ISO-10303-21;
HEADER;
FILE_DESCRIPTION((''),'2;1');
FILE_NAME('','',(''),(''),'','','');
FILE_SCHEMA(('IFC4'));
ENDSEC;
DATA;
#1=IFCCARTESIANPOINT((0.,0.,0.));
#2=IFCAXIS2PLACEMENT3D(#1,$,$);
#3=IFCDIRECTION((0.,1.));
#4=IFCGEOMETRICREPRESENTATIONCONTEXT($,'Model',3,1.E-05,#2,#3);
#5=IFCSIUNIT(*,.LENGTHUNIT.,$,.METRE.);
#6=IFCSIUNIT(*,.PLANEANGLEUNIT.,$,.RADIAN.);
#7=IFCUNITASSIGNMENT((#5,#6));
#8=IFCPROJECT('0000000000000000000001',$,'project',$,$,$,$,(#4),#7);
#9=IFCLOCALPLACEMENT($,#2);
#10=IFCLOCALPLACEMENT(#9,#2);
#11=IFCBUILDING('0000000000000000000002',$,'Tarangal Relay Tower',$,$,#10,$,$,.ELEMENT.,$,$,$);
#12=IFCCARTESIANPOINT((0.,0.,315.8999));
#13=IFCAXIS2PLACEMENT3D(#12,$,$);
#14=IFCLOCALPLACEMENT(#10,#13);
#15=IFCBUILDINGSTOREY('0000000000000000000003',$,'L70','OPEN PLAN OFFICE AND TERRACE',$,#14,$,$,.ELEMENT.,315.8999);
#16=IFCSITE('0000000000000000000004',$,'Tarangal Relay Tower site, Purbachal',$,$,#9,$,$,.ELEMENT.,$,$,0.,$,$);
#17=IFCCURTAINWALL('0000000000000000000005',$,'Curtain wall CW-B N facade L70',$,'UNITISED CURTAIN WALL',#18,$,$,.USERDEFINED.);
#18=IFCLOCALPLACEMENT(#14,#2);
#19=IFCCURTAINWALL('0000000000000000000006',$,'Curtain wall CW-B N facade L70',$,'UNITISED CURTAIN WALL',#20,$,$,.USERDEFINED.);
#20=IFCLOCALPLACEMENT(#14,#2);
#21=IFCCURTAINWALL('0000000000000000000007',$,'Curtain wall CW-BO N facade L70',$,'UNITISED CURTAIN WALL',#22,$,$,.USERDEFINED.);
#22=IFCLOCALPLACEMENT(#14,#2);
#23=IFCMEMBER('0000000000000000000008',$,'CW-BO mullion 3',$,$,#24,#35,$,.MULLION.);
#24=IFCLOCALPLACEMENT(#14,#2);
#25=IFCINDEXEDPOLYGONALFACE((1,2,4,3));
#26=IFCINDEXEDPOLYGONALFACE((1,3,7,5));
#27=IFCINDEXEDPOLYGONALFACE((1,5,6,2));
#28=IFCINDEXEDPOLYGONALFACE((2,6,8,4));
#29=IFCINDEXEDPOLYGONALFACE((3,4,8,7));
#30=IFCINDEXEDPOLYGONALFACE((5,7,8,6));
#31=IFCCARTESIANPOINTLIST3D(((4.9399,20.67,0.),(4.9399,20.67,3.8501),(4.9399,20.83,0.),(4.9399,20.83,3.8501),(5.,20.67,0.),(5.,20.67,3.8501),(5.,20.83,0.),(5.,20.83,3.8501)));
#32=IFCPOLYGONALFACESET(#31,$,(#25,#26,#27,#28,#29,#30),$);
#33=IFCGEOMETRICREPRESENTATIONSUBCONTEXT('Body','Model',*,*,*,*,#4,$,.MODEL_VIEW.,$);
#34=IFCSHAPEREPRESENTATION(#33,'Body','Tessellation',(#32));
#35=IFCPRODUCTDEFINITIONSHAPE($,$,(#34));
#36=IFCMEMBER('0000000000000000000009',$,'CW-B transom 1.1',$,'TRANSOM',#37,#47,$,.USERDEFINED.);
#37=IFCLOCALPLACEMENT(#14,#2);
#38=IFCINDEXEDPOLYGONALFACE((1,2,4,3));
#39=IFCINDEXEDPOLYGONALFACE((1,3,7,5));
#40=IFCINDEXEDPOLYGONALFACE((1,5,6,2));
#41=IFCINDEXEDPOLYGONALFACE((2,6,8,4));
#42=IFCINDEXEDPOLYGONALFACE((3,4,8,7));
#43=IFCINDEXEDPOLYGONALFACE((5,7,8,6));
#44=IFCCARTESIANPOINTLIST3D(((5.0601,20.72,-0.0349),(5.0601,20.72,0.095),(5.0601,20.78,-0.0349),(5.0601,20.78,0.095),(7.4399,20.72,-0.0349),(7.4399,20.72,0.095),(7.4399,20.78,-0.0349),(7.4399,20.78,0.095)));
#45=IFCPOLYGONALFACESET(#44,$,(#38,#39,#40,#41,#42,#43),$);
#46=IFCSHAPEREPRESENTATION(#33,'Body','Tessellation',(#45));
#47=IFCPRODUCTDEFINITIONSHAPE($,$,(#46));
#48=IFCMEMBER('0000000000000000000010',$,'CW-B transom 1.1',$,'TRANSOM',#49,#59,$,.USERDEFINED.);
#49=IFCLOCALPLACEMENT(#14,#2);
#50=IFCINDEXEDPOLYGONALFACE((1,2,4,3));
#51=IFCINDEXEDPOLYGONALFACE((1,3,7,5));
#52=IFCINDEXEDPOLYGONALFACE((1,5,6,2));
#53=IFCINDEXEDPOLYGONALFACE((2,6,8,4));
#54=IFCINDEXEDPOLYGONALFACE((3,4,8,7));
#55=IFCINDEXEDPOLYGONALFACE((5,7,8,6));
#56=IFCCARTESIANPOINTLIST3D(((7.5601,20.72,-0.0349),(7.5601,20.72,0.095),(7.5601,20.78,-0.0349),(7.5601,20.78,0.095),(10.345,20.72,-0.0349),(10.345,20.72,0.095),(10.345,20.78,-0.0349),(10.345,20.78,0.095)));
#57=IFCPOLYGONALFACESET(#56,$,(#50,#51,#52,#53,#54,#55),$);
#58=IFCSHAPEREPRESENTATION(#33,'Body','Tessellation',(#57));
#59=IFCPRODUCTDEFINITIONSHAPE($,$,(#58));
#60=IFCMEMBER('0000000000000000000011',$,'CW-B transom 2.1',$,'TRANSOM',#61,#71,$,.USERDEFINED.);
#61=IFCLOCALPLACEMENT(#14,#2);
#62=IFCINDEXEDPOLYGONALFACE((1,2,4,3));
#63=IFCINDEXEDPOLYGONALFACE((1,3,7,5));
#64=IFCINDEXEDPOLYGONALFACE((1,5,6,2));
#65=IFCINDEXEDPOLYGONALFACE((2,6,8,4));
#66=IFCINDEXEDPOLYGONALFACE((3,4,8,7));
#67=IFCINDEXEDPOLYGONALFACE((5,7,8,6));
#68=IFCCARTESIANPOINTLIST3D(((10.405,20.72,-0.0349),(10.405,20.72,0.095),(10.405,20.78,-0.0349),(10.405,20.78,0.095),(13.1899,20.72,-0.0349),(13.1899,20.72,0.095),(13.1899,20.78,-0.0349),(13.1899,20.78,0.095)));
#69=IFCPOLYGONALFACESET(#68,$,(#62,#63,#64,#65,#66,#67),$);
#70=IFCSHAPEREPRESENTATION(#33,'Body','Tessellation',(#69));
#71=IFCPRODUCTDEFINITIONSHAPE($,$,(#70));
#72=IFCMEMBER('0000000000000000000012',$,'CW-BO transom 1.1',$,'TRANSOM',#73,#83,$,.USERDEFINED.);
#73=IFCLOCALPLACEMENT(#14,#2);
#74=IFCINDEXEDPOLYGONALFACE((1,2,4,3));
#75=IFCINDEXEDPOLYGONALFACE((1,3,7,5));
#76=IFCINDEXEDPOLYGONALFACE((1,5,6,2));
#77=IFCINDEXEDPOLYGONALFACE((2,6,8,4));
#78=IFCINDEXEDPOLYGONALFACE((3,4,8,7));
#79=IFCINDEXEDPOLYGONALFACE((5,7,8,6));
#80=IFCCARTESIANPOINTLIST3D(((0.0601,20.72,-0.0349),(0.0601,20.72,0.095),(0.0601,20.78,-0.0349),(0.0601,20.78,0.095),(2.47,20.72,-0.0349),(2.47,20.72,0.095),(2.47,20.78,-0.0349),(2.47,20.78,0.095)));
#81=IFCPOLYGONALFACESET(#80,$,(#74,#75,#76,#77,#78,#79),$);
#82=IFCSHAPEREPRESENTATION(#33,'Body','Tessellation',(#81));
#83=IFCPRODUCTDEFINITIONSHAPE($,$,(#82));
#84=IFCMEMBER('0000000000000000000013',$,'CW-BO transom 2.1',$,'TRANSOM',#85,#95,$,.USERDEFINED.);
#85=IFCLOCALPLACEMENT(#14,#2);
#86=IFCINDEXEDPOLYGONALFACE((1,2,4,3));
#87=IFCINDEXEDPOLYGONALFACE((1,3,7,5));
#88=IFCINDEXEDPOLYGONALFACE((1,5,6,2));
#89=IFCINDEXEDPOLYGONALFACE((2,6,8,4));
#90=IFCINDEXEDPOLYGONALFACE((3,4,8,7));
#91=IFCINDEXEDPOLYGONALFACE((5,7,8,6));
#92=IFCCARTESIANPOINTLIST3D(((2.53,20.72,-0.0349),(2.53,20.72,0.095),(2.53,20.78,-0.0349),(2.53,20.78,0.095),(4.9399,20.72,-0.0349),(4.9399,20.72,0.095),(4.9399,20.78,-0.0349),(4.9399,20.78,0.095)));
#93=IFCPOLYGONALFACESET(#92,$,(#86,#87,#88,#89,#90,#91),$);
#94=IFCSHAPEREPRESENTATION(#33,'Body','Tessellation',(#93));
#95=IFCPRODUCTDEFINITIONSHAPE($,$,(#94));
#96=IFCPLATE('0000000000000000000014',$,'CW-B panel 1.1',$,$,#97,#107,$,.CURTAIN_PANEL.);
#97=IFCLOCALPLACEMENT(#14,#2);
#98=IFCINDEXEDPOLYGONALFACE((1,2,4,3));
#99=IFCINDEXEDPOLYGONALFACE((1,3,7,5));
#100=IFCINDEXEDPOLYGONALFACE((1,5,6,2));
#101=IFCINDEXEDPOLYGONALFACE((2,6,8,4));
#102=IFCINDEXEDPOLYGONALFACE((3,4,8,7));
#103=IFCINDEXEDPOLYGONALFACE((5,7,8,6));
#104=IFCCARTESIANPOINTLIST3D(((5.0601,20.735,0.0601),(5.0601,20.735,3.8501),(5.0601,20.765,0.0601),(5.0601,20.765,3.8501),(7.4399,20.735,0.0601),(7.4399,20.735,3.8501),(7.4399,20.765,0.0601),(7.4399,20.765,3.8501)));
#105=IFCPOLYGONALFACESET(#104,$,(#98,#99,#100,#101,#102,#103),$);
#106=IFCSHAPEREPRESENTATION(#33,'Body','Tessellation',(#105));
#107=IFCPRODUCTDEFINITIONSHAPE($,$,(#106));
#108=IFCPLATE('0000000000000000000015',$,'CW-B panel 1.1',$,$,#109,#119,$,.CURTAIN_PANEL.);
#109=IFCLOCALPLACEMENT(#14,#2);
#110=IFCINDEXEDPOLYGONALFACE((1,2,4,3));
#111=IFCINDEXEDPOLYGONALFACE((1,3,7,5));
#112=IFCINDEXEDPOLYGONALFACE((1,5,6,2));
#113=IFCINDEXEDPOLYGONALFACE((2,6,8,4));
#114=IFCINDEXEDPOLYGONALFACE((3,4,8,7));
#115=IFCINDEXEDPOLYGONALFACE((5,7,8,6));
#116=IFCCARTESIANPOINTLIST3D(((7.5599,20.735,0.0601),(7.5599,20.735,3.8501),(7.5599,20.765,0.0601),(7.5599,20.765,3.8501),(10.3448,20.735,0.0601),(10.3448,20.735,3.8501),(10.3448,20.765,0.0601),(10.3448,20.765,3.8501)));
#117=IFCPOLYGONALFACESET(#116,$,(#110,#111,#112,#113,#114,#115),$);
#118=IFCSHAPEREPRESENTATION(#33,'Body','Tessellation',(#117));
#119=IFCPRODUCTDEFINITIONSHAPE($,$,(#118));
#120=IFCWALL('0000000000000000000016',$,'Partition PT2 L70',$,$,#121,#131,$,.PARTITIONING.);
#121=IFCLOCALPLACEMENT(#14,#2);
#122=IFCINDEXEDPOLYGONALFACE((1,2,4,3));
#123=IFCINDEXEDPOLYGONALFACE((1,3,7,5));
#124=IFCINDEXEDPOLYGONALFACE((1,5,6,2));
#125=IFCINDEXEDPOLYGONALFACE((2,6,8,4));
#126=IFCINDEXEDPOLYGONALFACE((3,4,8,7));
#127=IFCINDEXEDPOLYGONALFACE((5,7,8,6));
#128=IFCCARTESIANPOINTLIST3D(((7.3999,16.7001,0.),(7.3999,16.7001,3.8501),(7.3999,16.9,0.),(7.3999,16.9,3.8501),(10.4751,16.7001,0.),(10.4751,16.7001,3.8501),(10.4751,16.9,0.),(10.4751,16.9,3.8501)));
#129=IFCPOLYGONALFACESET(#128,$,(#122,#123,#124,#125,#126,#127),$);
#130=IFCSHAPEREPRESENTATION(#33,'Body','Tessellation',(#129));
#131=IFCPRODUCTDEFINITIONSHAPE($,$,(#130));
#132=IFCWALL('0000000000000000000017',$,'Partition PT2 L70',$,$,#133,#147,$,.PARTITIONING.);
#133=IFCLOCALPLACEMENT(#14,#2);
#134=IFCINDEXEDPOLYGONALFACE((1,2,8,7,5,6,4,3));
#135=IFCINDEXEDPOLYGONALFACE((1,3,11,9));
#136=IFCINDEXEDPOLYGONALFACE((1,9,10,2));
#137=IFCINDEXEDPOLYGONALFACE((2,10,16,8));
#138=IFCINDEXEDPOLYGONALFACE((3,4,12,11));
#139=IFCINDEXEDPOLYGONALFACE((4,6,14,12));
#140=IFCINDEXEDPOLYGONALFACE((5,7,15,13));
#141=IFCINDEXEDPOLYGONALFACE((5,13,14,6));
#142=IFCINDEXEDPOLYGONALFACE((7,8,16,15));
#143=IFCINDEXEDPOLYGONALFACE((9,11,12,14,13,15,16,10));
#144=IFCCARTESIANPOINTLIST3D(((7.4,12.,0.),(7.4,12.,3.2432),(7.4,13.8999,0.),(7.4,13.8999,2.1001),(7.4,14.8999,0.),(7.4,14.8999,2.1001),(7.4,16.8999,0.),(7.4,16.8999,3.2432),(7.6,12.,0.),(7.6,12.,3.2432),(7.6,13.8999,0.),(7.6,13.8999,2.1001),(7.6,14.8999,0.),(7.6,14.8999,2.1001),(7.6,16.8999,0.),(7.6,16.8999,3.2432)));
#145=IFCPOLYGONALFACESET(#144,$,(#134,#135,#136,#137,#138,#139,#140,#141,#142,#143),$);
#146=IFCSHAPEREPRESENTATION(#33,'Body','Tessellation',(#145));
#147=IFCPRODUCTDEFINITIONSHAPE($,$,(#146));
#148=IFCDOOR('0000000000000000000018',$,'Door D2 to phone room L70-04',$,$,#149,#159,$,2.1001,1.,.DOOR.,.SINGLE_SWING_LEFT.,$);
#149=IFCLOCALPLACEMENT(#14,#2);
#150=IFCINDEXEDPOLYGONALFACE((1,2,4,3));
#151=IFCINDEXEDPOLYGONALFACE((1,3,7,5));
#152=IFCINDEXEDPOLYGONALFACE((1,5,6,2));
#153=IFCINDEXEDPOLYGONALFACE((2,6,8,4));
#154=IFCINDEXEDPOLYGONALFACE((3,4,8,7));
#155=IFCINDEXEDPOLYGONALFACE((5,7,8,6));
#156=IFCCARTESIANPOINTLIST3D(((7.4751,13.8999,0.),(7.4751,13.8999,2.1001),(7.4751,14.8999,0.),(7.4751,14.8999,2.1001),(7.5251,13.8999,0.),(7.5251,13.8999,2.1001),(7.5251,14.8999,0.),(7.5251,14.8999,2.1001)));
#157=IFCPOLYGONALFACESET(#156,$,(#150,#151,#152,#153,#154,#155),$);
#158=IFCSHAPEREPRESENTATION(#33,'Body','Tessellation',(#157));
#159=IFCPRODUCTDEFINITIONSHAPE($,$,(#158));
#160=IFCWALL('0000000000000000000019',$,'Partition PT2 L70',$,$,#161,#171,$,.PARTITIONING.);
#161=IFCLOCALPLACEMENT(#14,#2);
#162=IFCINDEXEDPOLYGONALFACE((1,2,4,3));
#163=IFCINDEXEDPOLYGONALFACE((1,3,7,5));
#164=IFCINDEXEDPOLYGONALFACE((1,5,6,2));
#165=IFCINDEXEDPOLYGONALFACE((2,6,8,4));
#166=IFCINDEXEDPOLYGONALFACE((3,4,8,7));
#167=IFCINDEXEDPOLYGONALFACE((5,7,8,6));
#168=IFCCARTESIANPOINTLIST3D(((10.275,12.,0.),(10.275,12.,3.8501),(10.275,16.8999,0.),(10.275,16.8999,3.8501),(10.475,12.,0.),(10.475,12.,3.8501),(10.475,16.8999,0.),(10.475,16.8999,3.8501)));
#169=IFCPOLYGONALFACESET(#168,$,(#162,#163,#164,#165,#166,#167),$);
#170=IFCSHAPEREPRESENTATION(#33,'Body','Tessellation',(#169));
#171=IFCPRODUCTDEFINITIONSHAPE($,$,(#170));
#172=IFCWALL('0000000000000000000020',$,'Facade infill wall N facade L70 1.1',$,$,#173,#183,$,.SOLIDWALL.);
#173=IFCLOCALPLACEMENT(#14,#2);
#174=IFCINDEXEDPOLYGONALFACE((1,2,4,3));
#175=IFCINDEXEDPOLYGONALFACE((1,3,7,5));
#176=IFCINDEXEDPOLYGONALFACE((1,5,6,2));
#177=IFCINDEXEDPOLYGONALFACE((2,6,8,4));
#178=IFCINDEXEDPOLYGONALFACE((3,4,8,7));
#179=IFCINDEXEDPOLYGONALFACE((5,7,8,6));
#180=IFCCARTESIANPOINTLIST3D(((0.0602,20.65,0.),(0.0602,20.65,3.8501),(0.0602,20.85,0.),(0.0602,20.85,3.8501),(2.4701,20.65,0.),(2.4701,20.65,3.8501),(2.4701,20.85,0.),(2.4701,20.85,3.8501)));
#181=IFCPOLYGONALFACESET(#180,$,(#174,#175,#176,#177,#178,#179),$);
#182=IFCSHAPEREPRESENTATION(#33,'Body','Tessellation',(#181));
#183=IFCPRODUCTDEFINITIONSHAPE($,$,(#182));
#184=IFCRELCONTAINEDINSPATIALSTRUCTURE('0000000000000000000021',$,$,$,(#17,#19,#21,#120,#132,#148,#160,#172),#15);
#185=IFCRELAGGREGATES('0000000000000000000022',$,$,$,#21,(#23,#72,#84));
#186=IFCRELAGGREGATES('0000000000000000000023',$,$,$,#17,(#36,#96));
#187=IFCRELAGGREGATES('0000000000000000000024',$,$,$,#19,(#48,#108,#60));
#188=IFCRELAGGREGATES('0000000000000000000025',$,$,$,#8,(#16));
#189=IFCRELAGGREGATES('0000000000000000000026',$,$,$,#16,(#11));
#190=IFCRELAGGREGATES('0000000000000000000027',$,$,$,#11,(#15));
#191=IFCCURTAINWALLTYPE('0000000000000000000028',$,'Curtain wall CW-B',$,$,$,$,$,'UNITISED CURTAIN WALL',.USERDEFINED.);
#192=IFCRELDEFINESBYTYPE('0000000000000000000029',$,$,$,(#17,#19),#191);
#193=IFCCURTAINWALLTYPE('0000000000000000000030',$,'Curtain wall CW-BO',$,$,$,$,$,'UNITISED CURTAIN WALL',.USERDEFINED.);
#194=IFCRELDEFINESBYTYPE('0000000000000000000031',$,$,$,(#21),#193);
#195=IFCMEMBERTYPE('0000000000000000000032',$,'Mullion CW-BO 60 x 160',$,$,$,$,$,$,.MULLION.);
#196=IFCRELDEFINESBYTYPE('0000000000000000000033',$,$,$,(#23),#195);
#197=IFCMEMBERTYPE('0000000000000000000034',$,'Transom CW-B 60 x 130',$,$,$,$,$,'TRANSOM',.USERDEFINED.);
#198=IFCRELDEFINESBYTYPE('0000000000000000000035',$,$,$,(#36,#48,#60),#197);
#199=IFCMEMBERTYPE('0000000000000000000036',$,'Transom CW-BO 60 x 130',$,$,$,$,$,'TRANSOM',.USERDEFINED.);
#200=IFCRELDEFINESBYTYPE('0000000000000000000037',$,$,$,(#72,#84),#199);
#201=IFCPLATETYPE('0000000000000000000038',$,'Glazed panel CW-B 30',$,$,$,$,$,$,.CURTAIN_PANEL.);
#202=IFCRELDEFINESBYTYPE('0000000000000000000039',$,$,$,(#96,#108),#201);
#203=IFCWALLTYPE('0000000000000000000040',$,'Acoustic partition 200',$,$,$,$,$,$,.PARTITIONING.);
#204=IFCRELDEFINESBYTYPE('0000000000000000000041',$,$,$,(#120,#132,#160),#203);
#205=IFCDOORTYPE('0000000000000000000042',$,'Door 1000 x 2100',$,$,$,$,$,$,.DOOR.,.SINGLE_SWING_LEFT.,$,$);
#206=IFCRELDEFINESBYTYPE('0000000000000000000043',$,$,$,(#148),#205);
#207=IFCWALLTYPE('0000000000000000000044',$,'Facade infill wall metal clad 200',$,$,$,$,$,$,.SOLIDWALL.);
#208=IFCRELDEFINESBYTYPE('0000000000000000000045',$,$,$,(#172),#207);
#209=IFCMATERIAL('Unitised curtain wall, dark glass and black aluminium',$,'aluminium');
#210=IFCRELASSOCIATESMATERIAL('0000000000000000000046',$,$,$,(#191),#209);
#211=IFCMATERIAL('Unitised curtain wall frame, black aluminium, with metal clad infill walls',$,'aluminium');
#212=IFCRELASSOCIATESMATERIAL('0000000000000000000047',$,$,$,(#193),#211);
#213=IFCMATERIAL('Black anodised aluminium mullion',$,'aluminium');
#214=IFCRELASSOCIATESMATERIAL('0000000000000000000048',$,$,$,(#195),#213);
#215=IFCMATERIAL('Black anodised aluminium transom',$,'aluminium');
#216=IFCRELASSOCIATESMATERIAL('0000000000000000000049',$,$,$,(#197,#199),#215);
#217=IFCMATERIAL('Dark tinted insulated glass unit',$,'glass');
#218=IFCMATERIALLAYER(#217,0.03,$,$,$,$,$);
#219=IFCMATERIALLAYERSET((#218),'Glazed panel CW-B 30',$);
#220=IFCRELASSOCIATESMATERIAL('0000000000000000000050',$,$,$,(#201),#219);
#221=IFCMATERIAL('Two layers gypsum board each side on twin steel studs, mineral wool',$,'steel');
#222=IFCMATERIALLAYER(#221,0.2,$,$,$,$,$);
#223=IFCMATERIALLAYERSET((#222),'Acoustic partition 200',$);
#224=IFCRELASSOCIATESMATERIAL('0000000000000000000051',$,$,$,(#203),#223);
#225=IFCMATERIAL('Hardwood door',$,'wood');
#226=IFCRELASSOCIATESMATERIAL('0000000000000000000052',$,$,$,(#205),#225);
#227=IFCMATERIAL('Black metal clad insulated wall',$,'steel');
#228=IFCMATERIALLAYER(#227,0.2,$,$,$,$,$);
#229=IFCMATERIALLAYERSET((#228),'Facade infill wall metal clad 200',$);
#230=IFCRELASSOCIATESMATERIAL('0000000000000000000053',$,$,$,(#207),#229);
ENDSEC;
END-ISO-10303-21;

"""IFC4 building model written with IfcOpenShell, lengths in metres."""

from ifc_helpers import new_model, si_unit, direction, frame, frame_2d, origin, origin_2d, place, context, subcontext, project, spatial, rectangle, extrude, material, layer, layer_set, material_profile, profile_set, type_object, element, fill, aggregate, save


model = new_model("IFC4")

# Units and contexts
model_context = context("Model", 3, precision=1e-05, world=origin(), true_north=direction((0.0, 1.0)))
body_context = subcontext(model_context, "Body", "Model", "MODEL_VIEW")
ifc_project = project(units=[si_unit("LENGTHUNIT", "METRE"), si_unit("PLANEANGLEUNIT", "RADIAN")], contexts=[model_context])

# Site, building, storey
site_placement = place(None, origin())
site = spatial("IfcSite", under=ifc_project, at=site_placement, Name="Tarangal Relay Tower site, Purbachal", CompositionType="ELEMENT", RefElevation=0.0)
building_placement = place(site_placement, origin())
building = spatial("IfcBuilding", under=site, at=building_placement, Name="Tarangal Relay Tower", CompositionType="ELEMENT")
storey_placement = place(building_placement, frame((0.0, 0.0, 315.8999)))
storey = spatial("IfcBuildingStorey", under=building, at=storey_placement, Name="L70", Description="OPEN PLAN OFFICE AND TERRACE", CompositionType="ELEMENT", Elevation=315.8999)

# Curtain walls, member
ifc_material_1 = material(Name="Unitised curtain wall, dark glass and black aluminium", Category="aluminium")
curtain_wall_type_1 = type_object("IfcCurtainWallType", Name="Curtain wall CW-B", ElementType="UNITISED CURTAIN WALL", PredefinedType="USERDEFINED", material=ifc_material_1)
curtain_wall_1_placement = place(storey_placement, origin())
curtain_wall_1 = element("IfcCurtainWall", 1, at=curtain_wall_1_placement, inside=storey, type_object=curtain_wall_type_1, Name="Curtain wall CW-B N facade L70", ObjectType="UNITISED CURTAIN WALL", PredefinedType="USERDEFINED")
ifc_material_2 = material(Name="Black anodised aluminium mullion", Category="aluminium")
curtain_wall_2_placement = place(storey_placement, origin())
curtain_wall_2 = element("IfcCurtainWall", 2, at=curtain_wall_2_placement, inside=storey, type_object=curtain_wall_type_1, Name="Curtain wall CW-B N facade L70", ObjectType="UNITISED CURTAIN WALL", PredefinedType="USERDEFINED")
ifc_material_3 = material(Name="Unitised curtain wall frame, black aluminium, with metal clad infill walls", Category="aluminium")
curtain_wall_type_2 = type_object("IfcCurtainWallType", Name="Curtain wall CW-BO", ElementType="UNITISED CURTAIN WALL", PredefinedType="USERDEFINED", material=ifc_material_3)
curtain_wall_3_placement = place(storey_placement, origin())
curtain_wall_3 = element("IfcCurtainWall", 3, at=curtain_wall_3_placement, inside=storey, type_object=curtain_wall_type_2, Name="Curtain wall CW-BO N facade L70", ObjectType="UNITISED CURTAIN WALL", PredefinedType="USERDEFINED")
ifc_material_profile_1 = material_profile(ifc_material_2, rectangle(XDim=0.1599, YDim=0.0601, at=origin_2d()), Name="CW-BOM 60X160")
ifc_profile_set_1 = profile_set([ifc_material_profile_1], Name="Black anodised aluminium mullion")
member_type_1 = type_object("IfcMemberType", Name="Mullion CW-BO 60 x 160", PredefinedType="MULLION", material=ifc_profile_set_1)
member_1_placement = place(storey_placement, frame((4.97, 20.75, 0.0), z_axis=(0.0, 0.0, 1.0), x_axis=(0.0, 1.0, 0.0)))
member_1 = element("IfcMember", 4, at=member_1_placement, type_object=member_type_1, Name="CW-BO mullion 3", PredefinedType="MULLION", context=body_context, shape_type="SweptSolid", body=[
    extrude(rectangle(XDim=0.1599, YDim=0.0601, at=origin_2d()), origin(), (0.0, 0.0, 1.0), 3.8501),
])

# Members
ifc_material_4 = material(Name="Black anodised aluminium transom", Category="aluminium")
ifc_material_profile_2 = material_profile(ifc_material_4, rectangle(XDim=0.0601, YDim=0.1299, at=origin_2d()), Name="CW-BT 60X130")
ifc_profile_set_2 = profile_set([ifc_material_profile_2], Name="Black anodised aluminium transom")
member_type_2 = type_object("IfcMemberType", Name="Transom CW-B 60 x 130", ElementType="TRANSOM", PredefinedType="USERDEFINED", material=ifc_profile_set_2)
member_2_placement = place(storey_placement, frame((5.0601, 20.75, 0.03), z_axis=(1.0, 0.0, 0.0), x_axis=(0.0, 1.0, 0.0)))
member_2 = element("IfcMember", 5, at=member_2_placement, type_object=member_type_2, Name="CW-B transom 1.1", ObjectType="TRANSOM", PredefinedType="USERDEFINED", context=body_context, shape_type="SweptSolid", body=[
    extrude(rectangle(XDim=0.0601, YDim=0.1299, at=origin_2d()), origin(), (0.0, 0.0, 1.0), 2.3799),
])
member_3_placement = place(storey_placement, frame((7.5601, 20.75, 0.03), z_axis=(1.0, 0.0, 0.0), x_axis=(0.0, 1.0, 0.0)))
member_3 = element("IfcMember", 6, at=member_3_placement, type_object=member_type_2, Name="CW-B transom 1.1", ObjectType="TRANSOM", PredefinedType="USERDEFINED", context=body_context, shape_type="SweptSolid", body=[
    extrude(rectangle(XDim=0.0601, YDim=0.1299, at=origin_2d()), origin(), (0.0, 0.0, 1.0), 2.7849),
])
member_4_placement = place(storey_placement, frame((10.405, 20.75, 0.03), z_axis=(1.0, 0.0, 0.0), x_axis=(0.0, 1.0, 0.0)))
member_4 = element("IfcMember", 7, at=member_4_placement, type_object=member_type_2, Name="CW-B transom 2.1", ObjectType="TRANSOM", PredefinedType="USERDEFINED", context=body_context, shape_type="SweptSolid", body=[
    extrude(rectangle(XDim=0.0601, YDim=0.1299, at=origin_2d()), origin(), (0.0, 0.0, 1.0), 2.7849),
])
ifc_material_profile_3 = material_profile(ifc_material_4, rectangle(XDim=0.0601, YDim=0.1299, at=origin_2d()), Name="CW-BOT 60X130")
ifc_profile_set_3 = profile_set([ifc_material_profile_3], Name="Black anodised aluminium transom")
member_type_3 = type_object("IfcMemberType", Name="Transom CW-BO 60 x 130", ElementType="TRANSOM", PredefinedType="USERDEFINED", material=ifc_profile_set_3)
member_5_placement = place(storey_placement, frame((0.0601, 20.75, 0.03), z_axis=(1.0, 0.0, 0.0), x_axis=(0.0, 1.0, 0.0)))
member_5 = element("IfcMember", 8, at=member_5_placement, type_object=member_type_3, Name="CW-BO transom 1.1", ObjectType="TRANSOM", PredefinedType="USERDEFINED", context=body_context, shape_type="SweptSolid", body=[
    extrude(rectangle(XDim=0.0601, YDim=0.1299, at=origin_2d()), origin(), (0.0, 0.0, 1.0), 2.4099),
])
member_6_placement = place(storey_placement, frame((2.53, 20.75, 0.03), z_axis=(1.0, 0.0, 0.0), x_axis=(0.0, 1.0, 0.0)))
member_6 = element("IfcMember", 9, at=member_6_placement, type_object=member_type_3, Name="CW-BO transom 2.1", ObjectType="TRANSOM", PredefinedType="USERDEFINED", context=body_context, shape_type="SweptSolid", body=[
    extrude(rectangle(XDim=0.0601, YDim=0.1299, at=origin_2d()), origin(), (0.0, 0.0, 1.0), 2.4099),
])
aggregate(curtain_wall_3, [member_1, member_5, member_6])

# Plates
ifc_material_5 = material(Name="Dark tinted insulated glass unit", Category="glass")
ifc_layer_1 = layer(ifc_material_5, 0.03)
ifc_layer_set_1 = layer_set([ifc_layer_1], Name="Glazed panel CW-B 30")
plate_type = type_object("IfcPlateType", Name="Glazed panel CW-B 30", PredefinedType="CURTAIN_PANEL", material=ifc_layer_set_1)
plate_1_placement = place(storey_placement, frame((6.25, 20.75, 0.0601), z_axis=(0.0, 0.0, 1.0), x_axis=(1.0, 0.0, 0.0)))
plate_1 = element("IfcPlate", 10, at=plate_1_placement, type_object=plate_type, Name="CW-B panel 1.1", PredefinedType="CURTAIN_PANEL", context=body_context, shape_type="SweptSolid", body=[
    extrude(rectangle(XDim=2.3799, YDim=0.03, at=origin_2d()), origin(), (0.0, 0.0, 1.0), 3.79),
])
aggregate(curtain_wall_1, [member_2, plate_1])
plate_2_placement = place(storey_placement, frame((8.9524, 20.75, 0.0601), z_axis=(0.0, 0.0, 1.0), x_axis=(1.0, 0.0, 0.0)))
plate_2 = element("IfcPlate", 11, at=plate_2_placement, type_object=plate_type, Name="CW-B panel 1.1", PredefinedType="CURTAIN_PANEL", context=body_context, shape_type="SweptSolid", body=[
    extrude(rectangle(XDim=2.7849, YDim=0.03, at=origin_2d()), origin(), (0.0, 0.0, 1.0), 3.79),
])
aggregate(curtain_wall_2, [member_3, plate_2, member_4])

# Wall
ifc_material_6 = material(Name="Two layers gypsum board each side on twin steel studs, mineral wool", Category="steel")
ifc_layer_2 = layer(ifc_material_6, 0.2)
ifc_layer_set_2 = layer_set([ifc_layer_2], Name="Acoustic partition 200")
wall_type_1 = type_object("IfcWallType", Name="Acoustic partition 200", PredefinedType="PARTITIONING", material=ifc_layer_set_2)
wall_1_placement = place(storey_placement, frame((7.3999, 16.8, 0.0), z_axis=(0.0, 0.0, 1.0), x_axis=(1.0, 0.0, 0.0)))
element("IfcWall", 12, at=wall_1_placement, inside=storey, type_object=wall_type_1, Name="Partition PT2 L70", PredefinedType="PARTITIONING", context=body_context, shape_type="SweptSolid", body=[
    extrude(rectangle(XDim=3.0752, YDim=0.2, at=frame_2d((1.5376, 0.0))), origin(), (0.0, 0.0, 1.0), 3.8501),
])

# Wall, opening, door
wall_2_placement = place(storey_placement, frame((7.5, 12.0, 0.0), z_axis=(0.0, 0.0, 1.0), x_axis=(0.0, 1.0, 0.0)))
wall_2 = element("IfcWall", 13, at=wall_2_placement, inside=storey, type_object=wall_type_1, Name="Partition PT2 L70", PredefinedType="PARTITIONING", context=body_context, shape_type="SweptSolid", body=[
    extrude(rectangle(XDim=4.8999, YDim=0.2, at=frame_2d((2.45, 0.0))), origin(), (0.0, 0.0, 1.0), 3.2432),
])
opening_placement = place(wall_2_placement, frame((1.8999, 0.0, 0.0)))
opening = element("IfcOpeningElement", 14, at=opening_placement, cuts=wall_2, PredefinedType="OPENING", context=body_context, shape_type="SweptSolid", body=[
    extrude(rectangle(XDim=1.0, YDim=2.1001, at=frame_2d((0.5, 1.05))), frame((0.0, 0.1099, 0.0), z_axis=(0.0, -1.0, 0.0), x_axis=(1.0, 0.0, 0.0)), (0.0, 0.0, 1.0), 0.22),
])
ifc_material_7 = material(Name="Hardwood door", Category="wood")
door_type = type_object("IfcDoorType", Name="Door 1000 x 2100", OperationType="SINGLE_SWING_LEFT", PredefinedType="DOOR", material=ifc_material_7)
door_placement = place(opening_placement, origin())
door = element("IfcDoor", 15, at=door_placement, inside=storey, type_object=door_type, Name="Door D2 to phone room L70-04", OperationType="SINGLE_SWING_LEFT", OverallHeight=2.1001, OverallWidth=1.0, PredefinedType="DOOR", context=body_context, shape_type="SweptSolid", body=[
    extrude(rectangle(XDim=1.0, YDim=2.1001, at=frame_2d((0.5, 1.05))), frame((0.0, 0.0249, 0.0), z_axis=(0.0, -1.0, 0.0), x_axis=(1.0, 0.0, 0.0)), (0.0, 0.0, 1.0), 0.05),
])
fill(opening, door)

# Walls
wall_3_placement = place(storey_placement, frame((10.375, 12.0, 0.0), z_axis=(0.0, 0.0, 1.0), x_axis=(0.0, 1.0, 0.0)))
element("IfcWall", 16, at=wall_3_placement, inside=storey, type_object=wall_type_1, Name="Partition PT2 L70", PredefinedType="PARTITIONING", context=body_context, shape_type="SweptSolid", body=[
    extrude(rectangle(XDim=4.8999, YDim=0.2, at=frame_2d((2.45, 0.0))), origin(), (0.0, 0.0, 1.0), 3.8501),
])
ifc_material_8 = material(Name="Black metal clad insulated wall", Category="steel")
ifc_layer_3 = layer(ifc_material_8, 0.2)
ifc_layer_set_3 = layer_set([ifc_layer_3], Name="Facade infill wall metal clad 200")
wall_type_2 = type_object("IfcWallType", Name="Facade infill wall metal clad 200", PredefinedType="SOLIDWALL", material=ifc_layer_set_3)
for number, where, z_axis, x_axis, name in (
    (17, (0.0601, 20.75, 0.0), (0.0, 0.0, 1.0), (1.0, 0.0, 0.0), "Facade infill wall N facade L70 1.1"),
):
    element("IfcWall", number, at=place(storey_placement, frame(where, z_axis=z_axis, x_axis=x_axis)), inside=storey, type_object=wall_type_2, Name=name, PredefinedType="SOLIDWALL", context=body_context, shape_type="SweptSolid", body=[
        extrude(rectangle(XDim=2.4099, YDim=0.2, at=frame_2d((1.2051, 0.0))), origin(), (0.0, 0.0, 1.0), 3.8501),
    ])

save(model, "model.ifc")
